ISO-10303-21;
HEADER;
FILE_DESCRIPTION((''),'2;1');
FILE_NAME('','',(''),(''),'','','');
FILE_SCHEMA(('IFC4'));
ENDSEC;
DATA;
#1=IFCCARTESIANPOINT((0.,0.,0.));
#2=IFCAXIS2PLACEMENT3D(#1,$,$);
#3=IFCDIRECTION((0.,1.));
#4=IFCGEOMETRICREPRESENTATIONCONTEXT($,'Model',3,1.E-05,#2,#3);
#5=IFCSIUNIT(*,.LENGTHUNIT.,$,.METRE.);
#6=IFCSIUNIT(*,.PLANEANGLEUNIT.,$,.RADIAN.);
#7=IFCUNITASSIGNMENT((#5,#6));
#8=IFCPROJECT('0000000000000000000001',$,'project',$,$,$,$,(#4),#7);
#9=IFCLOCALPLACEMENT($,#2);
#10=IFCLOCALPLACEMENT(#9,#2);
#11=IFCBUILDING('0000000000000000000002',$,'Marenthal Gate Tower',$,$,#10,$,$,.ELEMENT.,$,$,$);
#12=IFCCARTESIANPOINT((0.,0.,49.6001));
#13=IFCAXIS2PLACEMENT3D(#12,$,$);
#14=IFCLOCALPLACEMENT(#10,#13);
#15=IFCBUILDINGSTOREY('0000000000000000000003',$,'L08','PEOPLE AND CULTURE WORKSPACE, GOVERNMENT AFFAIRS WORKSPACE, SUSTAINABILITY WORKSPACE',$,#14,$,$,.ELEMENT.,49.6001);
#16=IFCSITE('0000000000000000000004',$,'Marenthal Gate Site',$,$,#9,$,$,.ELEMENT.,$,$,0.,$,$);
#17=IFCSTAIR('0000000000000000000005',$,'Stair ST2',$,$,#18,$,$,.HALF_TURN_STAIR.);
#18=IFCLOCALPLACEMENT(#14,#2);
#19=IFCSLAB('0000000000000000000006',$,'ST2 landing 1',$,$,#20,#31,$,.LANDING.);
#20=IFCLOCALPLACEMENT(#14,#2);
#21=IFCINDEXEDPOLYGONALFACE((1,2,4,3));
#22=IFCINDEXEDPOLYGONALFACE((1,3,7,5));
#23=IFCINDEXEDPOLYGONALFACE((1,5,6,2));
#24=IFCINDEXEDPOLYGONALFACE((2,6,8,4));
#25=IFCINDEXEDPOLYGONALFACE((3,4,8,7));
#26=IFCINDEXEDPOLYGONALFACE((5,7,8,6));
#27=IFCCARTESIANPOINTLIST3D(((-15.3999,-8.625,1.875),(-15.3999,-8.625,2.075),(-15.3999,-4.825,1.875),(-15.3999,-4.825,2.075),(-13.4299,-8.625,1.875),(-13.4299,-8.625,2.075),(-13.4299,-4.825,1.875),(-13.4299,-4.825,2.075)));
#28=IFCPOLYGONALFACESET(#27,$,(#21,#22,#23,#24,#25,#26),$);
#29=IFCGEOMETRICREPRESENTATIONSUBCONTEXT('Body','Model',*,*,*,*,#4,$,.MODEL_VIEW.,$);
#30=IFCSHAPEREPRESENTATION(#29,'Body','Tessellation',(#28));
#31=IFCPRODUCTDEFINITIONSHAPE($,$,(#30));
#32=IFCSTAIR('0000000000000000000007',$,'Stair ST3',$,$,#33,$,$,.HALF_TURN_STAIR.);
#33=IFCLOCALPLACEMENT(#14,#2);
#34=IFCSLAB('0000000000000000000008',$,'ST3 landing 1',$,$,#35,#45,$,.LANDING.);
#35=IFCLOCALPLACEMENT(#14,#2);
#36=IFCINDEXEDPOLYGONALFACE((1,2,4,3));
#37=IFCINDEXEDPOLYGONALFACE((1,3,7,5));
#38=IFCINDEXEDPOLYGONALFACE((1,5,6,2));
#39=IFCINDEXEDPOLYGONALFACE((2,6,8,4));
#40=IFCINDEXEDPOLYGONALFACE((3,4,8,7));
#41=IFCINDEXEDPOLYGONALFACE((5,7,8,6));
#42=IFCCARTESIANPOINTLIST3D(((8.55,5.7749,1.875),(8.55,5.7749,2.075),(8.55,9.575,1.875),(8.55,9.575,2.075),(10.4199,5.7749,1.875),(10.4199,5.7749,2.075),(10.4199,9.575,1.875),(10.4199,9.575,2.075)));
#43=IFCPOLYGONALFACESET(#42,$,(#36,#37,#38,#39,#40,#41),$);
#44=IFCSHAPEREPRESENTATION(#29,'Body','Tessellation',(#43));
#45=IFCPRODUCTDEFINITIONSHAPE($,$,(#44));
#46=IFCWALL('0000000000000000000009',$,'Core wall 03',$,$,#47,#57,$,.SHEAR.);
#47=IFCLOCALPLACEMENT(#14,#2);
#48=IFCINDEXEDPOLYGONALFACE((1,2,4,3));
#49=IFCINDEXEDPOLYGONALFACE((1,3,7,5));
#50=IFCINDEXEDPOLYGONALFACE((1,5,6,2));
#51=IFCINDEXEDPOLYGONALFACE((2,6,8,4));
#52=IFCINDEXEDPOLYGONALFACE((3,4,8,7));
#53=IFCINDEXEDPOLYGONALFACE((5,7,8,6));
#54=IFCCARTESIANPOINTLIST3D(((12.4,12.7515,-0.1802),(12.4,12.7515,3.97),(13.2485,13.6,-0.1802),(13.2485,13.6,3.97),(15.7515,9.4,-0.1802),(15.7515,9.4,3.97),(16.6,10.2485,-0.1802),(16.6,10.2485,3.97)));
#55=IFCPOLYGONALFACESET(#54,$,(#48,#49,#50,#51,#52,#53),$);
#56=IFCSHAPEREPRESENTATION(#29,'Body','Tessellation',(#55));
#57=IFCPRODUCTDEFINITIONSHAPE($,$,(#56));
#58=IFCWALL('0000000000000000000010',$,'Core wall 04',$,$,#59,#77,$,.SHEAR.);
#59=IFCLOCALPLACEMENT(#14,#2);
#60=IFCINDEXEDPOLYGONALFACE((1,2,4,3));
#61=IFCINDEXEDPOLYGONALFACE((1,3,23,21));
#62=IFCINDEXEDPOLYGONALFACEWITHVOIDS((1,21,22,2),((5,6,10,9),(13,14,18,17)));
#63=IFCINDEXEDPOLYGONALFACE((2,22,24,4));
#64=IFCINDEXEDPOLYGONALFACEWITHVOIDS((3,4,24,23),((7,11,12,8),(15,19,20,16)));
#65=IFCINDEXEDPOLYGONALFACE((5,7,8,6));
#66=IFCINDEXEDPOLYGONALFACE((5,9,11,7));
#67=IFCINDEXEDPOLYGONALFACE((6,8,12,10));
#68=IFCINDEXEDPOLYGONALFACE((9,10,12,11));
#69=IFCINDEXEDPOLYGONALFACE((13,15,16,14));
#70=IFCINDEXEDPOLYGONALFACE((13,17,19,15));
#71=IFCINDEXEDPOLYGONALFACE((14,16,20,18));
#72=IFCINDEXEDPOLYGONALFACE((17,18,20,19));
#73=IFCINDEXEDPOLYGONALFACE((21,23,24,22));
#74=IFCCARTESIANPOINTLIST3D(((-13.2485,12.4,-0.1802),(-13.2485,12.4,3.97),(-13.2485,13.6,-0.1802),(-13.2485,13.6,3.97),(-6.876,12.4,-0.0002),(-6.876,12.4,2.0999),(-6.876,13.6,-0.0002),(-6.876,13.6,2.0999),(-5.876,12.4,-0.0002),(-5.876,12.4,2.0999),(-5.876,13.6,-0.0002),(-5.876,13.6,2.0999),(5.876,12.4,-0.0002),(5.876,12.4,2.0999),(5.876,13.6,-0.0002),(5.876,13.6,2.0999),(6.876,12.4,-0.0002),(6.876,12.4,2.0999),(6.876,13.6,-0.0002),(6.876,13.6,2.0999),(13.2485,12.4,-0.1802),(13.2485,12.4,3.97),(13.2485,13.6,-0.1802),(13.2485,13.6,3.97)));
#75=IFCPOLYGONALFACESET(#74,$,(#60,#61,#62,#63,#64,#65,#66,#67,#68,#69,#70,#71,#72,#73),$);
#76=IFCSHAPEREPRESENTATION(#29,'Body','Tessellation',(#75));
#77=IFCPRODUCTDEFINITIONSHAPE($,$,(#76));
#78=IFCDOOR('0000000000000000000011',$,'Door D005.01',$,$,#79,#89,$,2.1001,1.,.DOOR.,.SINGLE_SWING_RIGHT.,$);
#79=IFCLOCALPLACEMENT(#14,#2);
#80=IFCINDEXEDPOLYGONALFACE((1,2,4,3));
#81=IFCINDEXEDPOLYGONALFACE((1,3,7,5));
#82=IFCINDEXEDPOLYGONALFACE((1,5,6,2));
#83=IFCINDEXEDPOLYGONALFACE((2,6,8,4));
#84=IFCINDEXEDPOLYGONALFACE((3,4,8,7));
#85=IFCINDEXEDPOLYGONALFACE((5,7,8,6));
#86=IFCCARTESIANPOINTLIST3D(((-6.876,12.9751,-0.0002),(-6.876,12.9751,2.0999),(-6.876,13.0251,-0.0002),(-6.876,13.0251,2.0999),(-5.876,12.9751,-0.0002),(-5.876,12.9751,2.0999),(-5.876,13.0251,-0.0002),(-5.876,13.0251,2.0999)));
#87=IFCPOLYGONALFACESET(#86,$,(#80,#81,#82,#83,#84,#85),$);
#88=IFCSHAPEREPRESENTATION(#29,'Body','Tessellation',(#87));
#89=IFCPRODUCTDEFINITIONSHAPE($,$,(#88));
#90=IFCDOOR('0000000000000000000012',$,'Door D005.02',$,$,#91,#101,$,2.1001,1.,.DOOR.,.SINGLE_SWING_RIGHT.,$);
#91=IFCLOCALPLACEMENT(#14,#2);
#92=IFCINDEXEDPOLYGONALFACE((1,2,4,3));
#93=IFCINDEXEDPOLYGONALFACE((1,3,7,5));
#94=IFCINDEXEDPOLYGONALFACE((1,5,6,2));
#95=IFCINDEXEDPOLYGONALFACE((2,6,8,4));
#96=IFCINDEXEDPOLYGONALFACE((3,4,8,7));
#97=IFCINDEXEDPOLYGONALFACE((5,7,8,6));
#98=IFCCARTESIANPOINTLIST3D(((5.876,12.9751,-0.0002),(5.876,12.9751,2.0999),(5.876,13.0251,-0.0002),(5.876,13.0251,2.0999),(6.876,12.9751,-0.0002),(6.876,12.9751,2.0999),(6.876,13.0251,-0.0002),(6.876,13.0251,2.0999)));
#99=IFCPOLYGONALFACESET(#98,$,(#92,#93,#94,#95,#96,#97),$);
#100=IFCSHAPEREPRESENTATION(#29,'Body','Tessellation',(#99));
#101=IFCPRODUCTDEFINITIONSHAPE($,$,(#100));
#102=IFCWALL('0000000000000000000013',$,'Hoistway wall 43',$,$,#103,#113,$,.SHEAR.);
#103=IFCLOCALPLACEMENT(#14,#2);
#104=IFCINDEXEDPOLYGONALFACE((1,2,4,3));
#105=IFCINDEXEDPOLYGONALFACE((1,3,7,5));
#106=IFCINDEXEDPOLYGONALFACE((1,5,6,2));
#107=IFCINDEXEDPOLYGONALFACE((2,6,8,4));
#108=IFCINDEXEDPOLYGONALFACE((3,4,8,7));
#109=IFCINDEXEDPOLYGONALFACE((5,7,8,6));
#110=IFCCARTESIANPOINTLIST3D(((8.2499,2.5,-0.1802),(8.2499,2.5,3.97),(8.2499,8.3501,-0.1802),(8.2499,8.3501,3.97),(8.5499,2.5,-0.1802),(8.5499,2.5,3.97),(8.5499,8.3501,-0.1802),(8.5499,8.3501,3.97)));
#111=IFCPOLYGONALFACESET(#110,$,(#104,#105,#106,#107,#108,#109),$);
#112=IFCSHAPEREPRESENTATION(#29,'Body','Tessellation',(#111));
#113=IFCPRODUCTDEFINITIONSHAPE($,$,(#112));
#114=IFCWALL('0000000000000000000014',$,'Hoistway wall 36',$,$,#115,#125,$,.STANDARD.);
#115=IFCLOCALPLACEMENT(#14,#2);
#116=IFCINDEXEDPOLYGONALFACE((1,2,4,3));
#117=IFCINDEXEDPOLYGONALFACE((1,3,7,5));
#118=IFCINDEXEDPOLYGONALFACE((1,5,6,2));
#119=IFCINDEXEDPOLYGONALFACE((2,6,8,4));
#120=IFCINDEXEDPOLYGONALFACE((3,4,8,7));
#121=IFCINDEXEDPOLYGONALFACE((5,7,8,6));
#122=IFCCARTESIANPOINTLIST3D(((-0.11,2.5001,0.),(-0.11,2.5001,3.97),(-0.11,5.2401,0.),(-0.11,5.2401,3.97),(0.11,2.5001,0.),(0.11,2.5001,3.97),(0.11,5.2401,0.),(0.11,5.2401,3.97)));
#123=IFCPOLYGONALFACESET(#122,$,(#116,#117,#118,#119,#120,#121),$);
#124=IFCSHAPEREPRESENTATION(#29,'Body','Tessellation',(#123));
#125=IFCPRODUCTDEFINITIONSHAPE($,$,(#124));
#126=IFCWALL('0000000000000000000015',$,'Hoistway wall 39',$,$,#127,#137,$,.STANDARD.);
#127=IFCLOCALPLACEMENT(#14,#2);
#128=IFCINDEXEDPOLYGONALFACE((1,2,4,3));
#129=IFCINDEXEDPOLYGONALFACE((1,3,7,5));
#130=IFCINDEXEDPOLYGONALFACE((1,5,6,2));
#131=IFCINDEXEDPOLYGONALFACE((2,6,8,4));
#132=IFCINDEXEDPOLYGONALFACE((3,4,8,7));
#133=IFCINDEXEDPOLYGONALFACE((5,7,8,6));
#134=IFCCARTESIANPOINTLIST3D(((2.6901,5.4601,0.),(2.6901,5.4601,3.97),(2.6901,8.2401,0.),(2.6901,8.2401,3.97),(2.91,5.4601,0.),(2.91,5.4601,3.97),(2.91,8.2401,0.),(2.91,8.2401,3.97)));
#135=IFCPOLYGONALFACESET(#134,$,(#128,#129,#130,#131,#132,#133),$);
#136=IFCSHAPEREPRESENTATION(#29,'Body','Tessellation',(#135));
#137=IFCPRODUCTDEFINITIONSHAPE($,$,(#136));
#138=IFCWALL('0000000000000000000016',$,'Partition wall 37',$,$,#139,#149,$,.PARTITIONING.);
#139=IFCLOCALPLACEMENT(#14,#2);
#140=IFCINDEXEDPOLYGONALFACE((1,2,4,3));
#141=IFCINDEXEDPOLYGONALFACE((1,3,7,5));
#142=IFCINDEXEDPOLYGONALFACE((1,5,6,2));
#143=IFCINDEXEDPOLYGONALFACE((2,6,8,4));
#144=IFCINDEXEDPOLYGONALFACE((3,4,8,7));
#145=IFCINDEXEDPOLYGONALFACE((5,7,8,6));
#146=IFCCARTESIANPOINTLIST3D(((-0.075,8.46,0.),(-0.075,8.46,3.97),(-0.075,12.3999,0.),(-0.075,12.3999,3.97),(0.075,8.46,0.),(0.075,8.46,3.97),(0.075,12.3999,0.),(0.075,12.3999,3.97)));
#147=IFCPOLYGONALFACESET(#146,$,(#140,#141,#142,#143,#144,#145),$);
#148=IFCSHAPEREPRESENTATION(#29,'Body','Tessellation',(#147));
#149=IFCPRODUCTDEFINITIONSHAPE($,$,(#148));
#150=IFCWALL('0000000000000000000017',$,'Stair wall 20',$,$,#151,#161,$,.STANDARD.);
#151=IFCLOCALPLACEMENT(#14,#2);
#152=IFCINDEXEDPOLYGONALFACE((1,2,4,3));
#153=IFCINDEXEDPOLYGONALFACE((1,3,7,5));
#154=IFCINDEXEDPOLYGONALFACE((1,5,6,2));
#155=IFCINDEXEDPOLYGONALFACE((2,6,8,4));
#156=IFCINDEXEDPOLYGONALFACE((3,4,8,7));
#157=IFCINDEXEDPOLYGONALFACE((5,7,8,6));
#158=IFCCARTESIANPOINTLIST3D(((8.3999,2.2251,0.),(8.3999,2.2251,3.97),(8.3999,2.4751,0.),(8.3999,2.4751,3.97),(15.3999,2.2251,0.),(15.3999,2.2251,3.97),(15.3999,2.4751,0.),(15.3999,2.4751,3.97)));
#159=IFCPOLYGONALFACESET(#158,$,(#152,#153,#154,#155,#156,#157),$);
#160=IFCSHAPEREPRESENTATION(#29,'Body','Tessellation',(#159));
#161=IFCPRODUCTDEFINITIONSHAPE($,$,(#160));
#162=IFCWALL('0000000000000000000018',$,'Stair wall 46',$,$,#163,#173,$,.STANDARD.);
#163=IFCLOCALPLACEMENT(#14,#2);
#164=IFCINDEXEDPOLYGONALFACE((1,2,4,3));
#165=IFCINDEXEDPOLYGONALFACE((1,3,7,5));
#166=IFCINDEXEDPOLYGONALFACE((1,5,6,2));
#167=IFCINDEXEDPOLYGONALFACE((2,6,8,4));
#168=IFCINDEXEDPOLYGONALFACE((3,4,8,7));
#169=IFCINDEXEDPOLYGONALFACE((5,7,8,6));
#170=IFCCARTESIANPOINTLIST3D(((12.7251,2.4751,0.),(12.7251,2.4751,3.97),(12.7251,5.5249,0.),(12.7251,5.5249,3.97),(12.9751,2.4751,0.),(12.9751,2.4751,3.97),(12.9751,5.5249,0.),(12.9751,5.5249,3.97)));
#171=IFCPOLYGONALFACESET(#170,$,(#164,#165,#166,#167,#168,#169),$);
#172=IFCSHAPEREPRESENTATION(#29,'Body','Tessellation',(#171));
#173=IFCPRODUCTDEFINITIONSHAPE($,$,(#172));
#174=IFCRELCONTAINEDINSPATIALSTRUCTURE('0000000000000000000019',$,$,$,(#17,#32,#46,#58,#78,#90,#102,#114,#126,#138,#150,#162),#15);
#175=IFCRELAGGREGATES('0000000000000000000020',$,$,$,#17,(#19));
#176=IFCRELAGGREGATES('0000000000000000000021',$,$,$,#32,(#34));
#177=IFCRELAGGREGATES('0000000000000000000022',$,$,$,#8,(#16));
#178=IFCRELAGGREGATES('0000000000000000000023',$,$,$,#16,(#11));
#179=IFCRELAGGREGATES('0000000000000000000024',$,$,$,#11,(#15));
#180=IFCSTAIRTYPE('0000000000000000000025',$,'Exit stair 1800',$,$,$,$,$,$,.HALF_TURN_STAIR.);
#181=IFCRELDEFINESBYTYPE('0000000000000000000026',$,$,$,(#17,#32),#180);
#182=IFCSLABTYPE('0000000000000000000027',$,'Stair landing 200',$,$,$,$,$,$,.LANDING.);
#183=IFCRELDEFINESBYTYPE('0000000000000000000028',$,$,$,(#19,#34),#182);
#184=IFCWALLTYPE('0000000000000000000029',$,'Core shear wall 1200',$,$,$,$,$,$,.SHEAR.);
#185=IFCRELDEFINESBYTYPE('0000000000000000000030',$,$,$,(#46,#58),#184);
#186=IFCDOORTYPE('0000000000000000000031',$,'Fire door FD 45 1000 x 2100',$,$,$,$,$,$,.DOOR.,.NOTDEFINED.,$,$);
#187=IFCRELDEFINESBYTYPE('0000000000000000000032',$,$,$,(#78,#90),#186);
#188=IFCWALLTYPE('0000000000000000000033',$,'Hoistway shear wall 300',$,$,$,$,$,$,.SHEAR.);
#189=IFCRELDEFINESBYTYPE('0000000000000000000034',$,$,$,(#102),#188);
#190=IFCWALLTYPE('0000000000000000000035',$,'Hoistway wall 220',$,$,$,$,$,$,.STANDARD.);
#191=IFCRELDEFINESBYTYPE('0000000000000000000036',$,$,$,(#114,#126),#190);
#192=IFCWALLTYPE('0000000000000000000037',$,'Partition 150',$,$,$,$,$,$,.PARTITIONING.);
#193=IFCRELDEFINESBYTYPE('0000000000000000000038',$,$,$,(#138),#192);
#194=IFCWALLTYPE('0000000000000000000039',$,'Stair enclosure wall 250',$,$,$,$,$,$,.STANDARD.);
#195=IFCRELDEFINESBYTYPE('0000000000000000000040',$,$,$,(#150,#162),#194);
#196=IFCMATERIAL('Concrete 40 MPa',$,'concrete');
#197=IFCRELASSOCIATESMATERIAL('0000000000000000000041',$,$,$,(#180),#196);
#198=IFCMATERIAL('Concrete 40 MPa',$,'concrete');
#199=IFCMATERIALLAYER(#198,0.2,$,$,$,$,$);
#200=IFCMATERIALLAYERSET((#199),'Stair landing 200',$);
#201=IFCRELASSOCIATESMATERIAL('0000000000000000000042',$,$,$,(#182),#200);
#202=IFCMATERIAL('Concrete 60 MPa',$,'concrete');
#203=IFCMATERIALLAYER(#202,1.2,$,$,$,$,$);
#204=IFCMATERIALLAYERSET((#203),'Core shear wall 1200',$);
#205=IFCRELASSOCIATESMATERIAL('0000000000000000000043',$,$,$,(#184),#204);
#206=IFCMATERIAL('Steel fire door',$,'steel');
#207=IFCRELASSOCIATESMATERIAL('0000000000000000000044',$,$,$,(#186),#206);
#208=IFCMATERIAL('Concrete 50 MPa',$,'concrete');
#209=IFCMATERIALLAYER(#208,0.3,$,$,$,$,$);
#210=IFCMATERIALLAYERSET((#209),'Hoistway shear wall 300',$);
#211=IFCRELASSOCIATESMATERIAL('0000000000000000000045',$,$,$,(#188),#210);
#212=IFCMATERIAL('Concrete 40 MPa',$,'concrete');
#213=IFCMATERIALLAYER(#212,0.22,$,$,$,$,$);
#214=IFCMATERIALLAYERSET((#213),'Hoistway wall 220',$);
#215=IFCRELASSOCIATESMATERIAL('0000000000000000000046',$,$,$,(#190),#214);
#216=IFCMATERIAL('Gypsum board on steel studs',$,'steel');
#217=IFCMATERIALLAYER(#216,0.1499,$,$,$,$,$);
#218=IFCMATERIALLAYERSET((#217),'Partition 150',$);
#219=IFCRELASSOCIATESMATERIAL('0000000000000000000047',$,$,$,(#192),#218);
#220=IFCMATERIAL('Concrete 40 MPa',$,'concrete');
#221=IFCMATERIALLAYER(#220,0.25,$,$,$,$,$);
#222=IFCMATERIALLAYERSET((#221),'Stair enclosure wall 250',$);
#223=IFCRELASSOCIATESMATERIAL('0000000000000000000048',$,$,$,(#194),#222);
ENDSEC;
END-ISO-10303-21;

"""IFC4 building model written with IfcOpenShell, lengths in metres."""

from ifc_helpers import new_model, si_unit, direction, frame, frame_2d, origin, place, context, subcontext, project, spatial, polyline, rectangle, outline, extrude, material, layer, layer_set, type_object, element, fill, aggregate, save


model = new_model("IFC4")

# Units and contexts
model_context = context("Model", 3, precision=1e-05, world=origin(), true_north=direction((0.0, 1.0)))
body_context = subcontext(model_context, "Body", "Model", "MODEL_VIEW")
ifc_project = project(units=[si_unit("LENGTHUNIT", "METRE"), si_unit("PLANEANGLEUNIT", "RADIAN")], contexts=[model_context])

# Site, building, storey
site_placement = place(None, origin())
site = spatial("IfcSite", under=ifc_project, at=site_placement, Name="Marenthal Gate Site", CompositionType="ELEMENT", RefElevation=0.0)
building_placement = place(site_placement, origin())
building = spatial("IfcBuilding", under=site, at=building_placement, Name="Marenthal Gate Tower", CompositionType="ELEMENT")
storey_placement = place(building_placement, frame((0.0, 0.0, 49.6001)))
storey = spatial("IfcBuildingStorey", under=building, at=storey_placement, Name="L08", Description="PEOPLE AND CULTURE WORKSPACE, GOVERNMENT AFFAIRS WORKSPACE, SUSTAINABILITY WORKSPACE", CompositionType="ELEMENT", Elevation=49.6001)

# Stairs, slabs
ifc_material_1 = material(Name="Concrete 40 MPa", Category="concrete")
stair_type = type_object("IfcStairType", Name="Exit stair 1800", PredefinedType="HALF_TURN_STAIR", material=ifc_material_1)
ifc_material_2 = material(Name="Concrete 40 MPa", Category="concrete")
ifc_layer_1 = layer(ifc_material_2, 0.2)
ifc_layer_set_1 = layer_set([ifc_layer_1], Name="Stair landing 200")
slab_type_1 = type_object("IfcSlabType", Name="Stair landing 200", PredefinedType="LANDING", material=ifc_layer_set_1)
stair_1_placement = place(storey_placement, origin())
stair_1 = element("IfcStair", 1, at=stair_1_placement, inside=storey, type_object=stair_type, Name="Stair ST2", PredefinedType="HALF_TURN_STAIR")
slab_1_placement = place(storey_placement, frame((0.0, 0.0, 1.875)))
slab_1 = element("IfcSlab", 2, at=slab_1_placement, type_object=slab_type_1, Name="ST2 landing 1", PredefinedType="LANDING", context=body_context, shape_type="SweptSolid", body=[
    extrude(outline(polyline([(-15.3999, -8.625), (-13.4299, -8.625), (-13.4299, -4.825), (-15.3999, -4.825), (-15.3999, -8.625)])), origin(), (0.0, 0.0, 1.0), 0.2),
])
aggregate(stair_1, [slab_1])
stair_2_placement = place(storey_placement, origin())
stair_2 = element("IfcStair", 3, at=stair_2_placement, inside=storey, type_object=stair_type, Name="Stair ST3", PredefinedType="HALF_TURN_STAIR")
slab_2_placement = place(storey_placement, frame((0.0, 0.0, 1.875)))
slab_2 = element("IfcSlab", 4, at=slab_2_placement, type_object=slab_type_1, Name="ST3 landing 1", PredefinedType="LANDING", context=body_context, shape_type="SweptSolid", body=[
    extrude(outline(polyline([(8.55, 5.7749), (10.4199, 5.7749), (10.4199, 9.575), (8.55, 9.575), (8.55, 5.7749)])), origin(), (0.0, 0.0, 1.0), 0.2),
])

# Wall
ifc_material_3 = material(Name="Concrete 60 MPa", Category="concrete")
ifc_layer_2 = layer(ifc_material_3, 1.2)
ifc_layer_set_2 = layer_set([ifc_layer_2], Name="Core shear wall 1200")
wall_type_1 = type_object("IfcWallType", Name="Core shear wall 1200", PredefinedType="SHEAR", material=ifc_layer_set_2)
wall_1_placement = place(storey_placement, frame((16.1758, 9.8242, -0.1802), z_axis=(0.0, 0.0, 1.0), x_axis=(-0.707107, 0.707107, 0.0)))
element("IfcWall", 5, at=wall_1_placement, inside=storey, type_object=wall_type_1, Name="Core wall 03", PredefinedType="SHEAR", context=body_context, shape_type="SweptSolid", body=[
    extrude(rectangle(XDim=4.7397, YDim=1.2, at=frame_2d((2.3699, 0.0))), origin(), (0.0, 0.0, 1.0), 4.1501),
])

# Wall, openings, doors
wall_2_placement = place(storey_placement, frame((13.2485, 13.0, -0.1802), z_axis=(0.0, 0.0, 1.0), x_axis=(-1.0, 0.0, 0.0)))
wall_2 = element("IfcWall", 6, at=wall_2_placement, inside=storey, type_object=wall_type_1, Name="Core wall 04", PredefinedType="SHEAR", context=body_context, shape_type="SweptSolid", body=[
    extrude(rectangle(XDim=26.4971, YDim=1.2, at=frame_2d((13.2485, 0.0))), origin(), (0.0, 0.0, 1.0), 4.1501),
])
opening_1_placement = place(wall_2_placement, frame((19.1245, 0.0, 0.1799)))
opening_1 = element("IfcOpeningElement", 7, at=opening_1_placement, cuts=wall_2, PredefinedType="OPENING", context=body_context, shape_type="SweptSolid", body=[
    extrude(rectangle(XDim=1.0, YDim=2.1001, at=frame_2d((0.5, 1.05))), frame((0.0, 0.6099, 0.0), z_axis=(0.0, -1.0, 0.0), x_axis=(1.0, 0.0, 0.0)), (0.0, 0.0, 1.0), 1.22),
])
opening_2_placement = place(wall_2_placement, frame((6.3726, 0.0, 0.1799)))
opening_2 = element("IfcOpeningElement", 8, at=opening_2_placement, cuts=wall_2, PredefinedType="OPENING", context=body_context, shape_type="SweptSolid", body=[
    extrude(rectangle(XDim=1.0, YDim=2.1001, at=frame_2d((0.5, 1.05))), frame((0.0, 0.6099, 0.0), z_axis=(0.0, -1.0, 0.0), x_axis=(1.0, 0.0, 0.0)), (0.0, 0.0, 1.0), 1.22),
])
ifc_material_4 = material(Name="Steel fire door", Category="steel")
door_type_1 = type_object("IfcDoorType", Name="Fire door FD 45 1000 x 2100", OperationType="NOTDEFINED", PredefinedType="DOOR", material=ifc_material_4)
door_1_placement = place(opening_1_placement, origin())
door_1 = element("IfcDoor", 9, at=door_1_placement, inside=storey, type_object=door_type_1, Name="Door D005.01", OperationType="SINGLE_SWING_RIGHT", OverallHeight=2.1001, OverallWidth=1.0, PredefinedType="DOOR", context=body_context, shape_type="SweptSolid", body=[
    extrude(rectangle(XDim=1.0, YDim=2.1001, at=frame_2d((0.5, 1.05))), frame((0.0, 0.0249, 0.0), z_axis=(0.0, -1.0, 0.0), x_axis=(1.0, 0.0, 0.0)), (0.0, 0.0, 1.0), 0.05),
])
fill(opening_1, door_1)
door_2_placement = place(opening_2_placement, origin())
door_2 = element("IfcDoor", 10, at=door_2_placement, inside=storey, type_object=door_type_1, Name="Door D005.02", OperationType="SINGLE_SWING_RIGHT", OverallHeight=2.1001, OverallWidth=1.0, PredefinedType="DOOR", context=body_context, shape_type="SweptSolid", body=[
    extrude(rectangle(XDim=1.0, YDim=2.1001, at=frame_2d((0.5, 1.05))), frame((0.0, 0.0249, 0.0), z_axis=(0.0, -1.0, 0.0), x_axis=(1.0, 0.0, 0.0)), (0.0, 0.0, 1.0), 0.05),
])
fill(opening_2, door_2)

# Walls
ifc_material_5 = material(Name="Concrete 50 MPa", Category="concrete")
ifc_layer_3 = layer(ifc_material_5, 0.3)
ifc_layer_set_3 = layer_set([ifc_layer_3], Name="Hoistway shear wall 300")
wall_type_2 = type_object("IfcWallType", Name="Hoistway shear wall 300", PredefinedType="SHEAR", material=ifc_layer_set_3)
wall_3_placement = place(storey_placement, frame((8.3999, 2.5, -0.1802), z_axis=(0.0, 0.0, 1.0), x_axis=(0.0, 1.0, 0.0)))
element("IfcWall", 11, at=wall_3_placement, inside=storey, type_object=wall_type_2, Name="Hoistway wall 43", PredefinedType="SHEAR", context=body_context, shape_type="SweptSolid", body=[
    extrude(rectangle(XDim=5.8501, YDim=0.3, at=frame_2d((2.925, 0.0))), origin(), (0.0, 0.0, 1.0), 4.1501),
])
ifc_material_6 = material(Name="Concrete 40 MPa", Category="concrete")
ifc_layer_4 = layer(ifc_material_6, 0.22)
ifc_layer_set_4 = layer_set([ifc_layer_4], Name="Hoistway wall 220")
wall_type_3 = type_object("IfcWallType", Name="Hoistway wall 220", PredefinedType="STANDARD", material=ifc_layer_set_4)
wall_4_placement = place(storey_placement, frame((0.0, 2.5, 0.0), z_axis=(0.0, 0.0, 1.0), x_axis=(0.0, 1.0, 0.0)))
element("IfcWall", 12, at=wall_4_placement, inside=storey, type_object=wall_type_3, Name="Hoistway wall 36", PredefinedType="STANDARD", context=body_context, shape_type="SweptSolid", body=[
    extrude(rectangle(XDim=2.74, YDim=0.22, at=frame_2d((1.3701, 0.0))), origin(), (0.0, 0.0, 1.0), 3.97),
])
wall_5_placement = place(storey_placement, frame((2.8, 5.46, 0.0), z_axis=(0.0, 0.0, 1.0), x_axis=(0.0, 1.0, 0.0)))
element("IfcWall", 13, at=wall_5_placement, inside=storey, type_object=wall_type_3, Name="Hoistway wall 39", PredefinedType="STANDARD", context=body_context, shape_type="SweptSolid", body=[
    extrude(rectangle(XDim=2.78, YDim=0.22, at=frame_2d((1.3901, 0.0))), origin(), (0.0, 0.0, 1.0), 3.97),
])
ifc_material_7 = material(Name="Gypsum board on steel studs", Category="steel")
ifc_layer_5 = layer(ifc_material_7, 0.1499)
ifc_layer_set_5 = layer_set([ifc_layer_5], Name="Partition 150")
wall_type_4 = type_object("IfcWallType", Name="Partition 150", PredefinedType="PARTITIONING", material=ifc_layer_set_5)
wall_6_placement = place(storey_placement, frame((0.0, 8.46, 0.0), z_axis=(0.0, 0.0, 1.0), x_axis=(0.0, 1.0, 0.0)))
element("IfcWall", 14, at=wall_6_placement, inside=storey, type_object=wall_type_4, Name="Partition wall 37", PredefinedType="PARTITIONING", context=body_context, shape_type="SweptSolid", body=[
    extrude(rectangle(XDim=3.9399, YDim=0.1499, at=frame_2d((1.97, 0.0))), origin(), (0.0, 0.0, 1.0), 3.97),
])
ifc_material_8 = material(Name="Concrete 40 MPa", Category="concrete")
ifc_layer_6 = layer(ifc_material_8, 0.25)
ifc_layer_set_6 = layer_set([ifc_layer_6], Name="Stair enclosure wall 250")
wall_type_5 = type_object("IfcWallType", Name="Stair enclosure wall 250", PredefinedType="STANDARD", material=ifc_layer_set_6)
wall_7_placement = place(storey_placement, frame((8.3999, 2.3501, 0.0), z_axis=(0.0, 0.0, 1.0), x_axis=(1.0, 0.0, 0.0)))
element("IfcWall", 15, at=wall_7_placement, inside=storey, type_object=wall_type_5, Name="Stair wall 20", PredefinedType="STANDARD", context=body_context, shape_type="SweptSolid", body=[
    extrude(rectangle(XDim=7.0, YDim=0.25, at=frame_2d((3.5, 0.0))), origin(), (0.0, 0.0, 1.0), 3.97),
])
wall_8_placement = place(storey_placement, frame((12.8501, 2.4751, 0.0), z_axis=(0.0, 0.0, 1.0), x_axis=(0.0, 1.0, 0.0)))
element("IfcWall", 16, at=wall_8_placement, inside=storey, type_object=wall_type_5, Name="Stair wall 46", PredefinedType="STANDARD", context=body_context, shape_type="SweptSolid", body=[
    extrude(rectangle(XDim=3.0498, YDim=0.25, at=frame_2d((1.5249, 0.0))), origin(), (0.0, 0.0, 1.0), 3.97),
])

aggregate(stair_2, [slab_2])

save(model, "model.ifc")
